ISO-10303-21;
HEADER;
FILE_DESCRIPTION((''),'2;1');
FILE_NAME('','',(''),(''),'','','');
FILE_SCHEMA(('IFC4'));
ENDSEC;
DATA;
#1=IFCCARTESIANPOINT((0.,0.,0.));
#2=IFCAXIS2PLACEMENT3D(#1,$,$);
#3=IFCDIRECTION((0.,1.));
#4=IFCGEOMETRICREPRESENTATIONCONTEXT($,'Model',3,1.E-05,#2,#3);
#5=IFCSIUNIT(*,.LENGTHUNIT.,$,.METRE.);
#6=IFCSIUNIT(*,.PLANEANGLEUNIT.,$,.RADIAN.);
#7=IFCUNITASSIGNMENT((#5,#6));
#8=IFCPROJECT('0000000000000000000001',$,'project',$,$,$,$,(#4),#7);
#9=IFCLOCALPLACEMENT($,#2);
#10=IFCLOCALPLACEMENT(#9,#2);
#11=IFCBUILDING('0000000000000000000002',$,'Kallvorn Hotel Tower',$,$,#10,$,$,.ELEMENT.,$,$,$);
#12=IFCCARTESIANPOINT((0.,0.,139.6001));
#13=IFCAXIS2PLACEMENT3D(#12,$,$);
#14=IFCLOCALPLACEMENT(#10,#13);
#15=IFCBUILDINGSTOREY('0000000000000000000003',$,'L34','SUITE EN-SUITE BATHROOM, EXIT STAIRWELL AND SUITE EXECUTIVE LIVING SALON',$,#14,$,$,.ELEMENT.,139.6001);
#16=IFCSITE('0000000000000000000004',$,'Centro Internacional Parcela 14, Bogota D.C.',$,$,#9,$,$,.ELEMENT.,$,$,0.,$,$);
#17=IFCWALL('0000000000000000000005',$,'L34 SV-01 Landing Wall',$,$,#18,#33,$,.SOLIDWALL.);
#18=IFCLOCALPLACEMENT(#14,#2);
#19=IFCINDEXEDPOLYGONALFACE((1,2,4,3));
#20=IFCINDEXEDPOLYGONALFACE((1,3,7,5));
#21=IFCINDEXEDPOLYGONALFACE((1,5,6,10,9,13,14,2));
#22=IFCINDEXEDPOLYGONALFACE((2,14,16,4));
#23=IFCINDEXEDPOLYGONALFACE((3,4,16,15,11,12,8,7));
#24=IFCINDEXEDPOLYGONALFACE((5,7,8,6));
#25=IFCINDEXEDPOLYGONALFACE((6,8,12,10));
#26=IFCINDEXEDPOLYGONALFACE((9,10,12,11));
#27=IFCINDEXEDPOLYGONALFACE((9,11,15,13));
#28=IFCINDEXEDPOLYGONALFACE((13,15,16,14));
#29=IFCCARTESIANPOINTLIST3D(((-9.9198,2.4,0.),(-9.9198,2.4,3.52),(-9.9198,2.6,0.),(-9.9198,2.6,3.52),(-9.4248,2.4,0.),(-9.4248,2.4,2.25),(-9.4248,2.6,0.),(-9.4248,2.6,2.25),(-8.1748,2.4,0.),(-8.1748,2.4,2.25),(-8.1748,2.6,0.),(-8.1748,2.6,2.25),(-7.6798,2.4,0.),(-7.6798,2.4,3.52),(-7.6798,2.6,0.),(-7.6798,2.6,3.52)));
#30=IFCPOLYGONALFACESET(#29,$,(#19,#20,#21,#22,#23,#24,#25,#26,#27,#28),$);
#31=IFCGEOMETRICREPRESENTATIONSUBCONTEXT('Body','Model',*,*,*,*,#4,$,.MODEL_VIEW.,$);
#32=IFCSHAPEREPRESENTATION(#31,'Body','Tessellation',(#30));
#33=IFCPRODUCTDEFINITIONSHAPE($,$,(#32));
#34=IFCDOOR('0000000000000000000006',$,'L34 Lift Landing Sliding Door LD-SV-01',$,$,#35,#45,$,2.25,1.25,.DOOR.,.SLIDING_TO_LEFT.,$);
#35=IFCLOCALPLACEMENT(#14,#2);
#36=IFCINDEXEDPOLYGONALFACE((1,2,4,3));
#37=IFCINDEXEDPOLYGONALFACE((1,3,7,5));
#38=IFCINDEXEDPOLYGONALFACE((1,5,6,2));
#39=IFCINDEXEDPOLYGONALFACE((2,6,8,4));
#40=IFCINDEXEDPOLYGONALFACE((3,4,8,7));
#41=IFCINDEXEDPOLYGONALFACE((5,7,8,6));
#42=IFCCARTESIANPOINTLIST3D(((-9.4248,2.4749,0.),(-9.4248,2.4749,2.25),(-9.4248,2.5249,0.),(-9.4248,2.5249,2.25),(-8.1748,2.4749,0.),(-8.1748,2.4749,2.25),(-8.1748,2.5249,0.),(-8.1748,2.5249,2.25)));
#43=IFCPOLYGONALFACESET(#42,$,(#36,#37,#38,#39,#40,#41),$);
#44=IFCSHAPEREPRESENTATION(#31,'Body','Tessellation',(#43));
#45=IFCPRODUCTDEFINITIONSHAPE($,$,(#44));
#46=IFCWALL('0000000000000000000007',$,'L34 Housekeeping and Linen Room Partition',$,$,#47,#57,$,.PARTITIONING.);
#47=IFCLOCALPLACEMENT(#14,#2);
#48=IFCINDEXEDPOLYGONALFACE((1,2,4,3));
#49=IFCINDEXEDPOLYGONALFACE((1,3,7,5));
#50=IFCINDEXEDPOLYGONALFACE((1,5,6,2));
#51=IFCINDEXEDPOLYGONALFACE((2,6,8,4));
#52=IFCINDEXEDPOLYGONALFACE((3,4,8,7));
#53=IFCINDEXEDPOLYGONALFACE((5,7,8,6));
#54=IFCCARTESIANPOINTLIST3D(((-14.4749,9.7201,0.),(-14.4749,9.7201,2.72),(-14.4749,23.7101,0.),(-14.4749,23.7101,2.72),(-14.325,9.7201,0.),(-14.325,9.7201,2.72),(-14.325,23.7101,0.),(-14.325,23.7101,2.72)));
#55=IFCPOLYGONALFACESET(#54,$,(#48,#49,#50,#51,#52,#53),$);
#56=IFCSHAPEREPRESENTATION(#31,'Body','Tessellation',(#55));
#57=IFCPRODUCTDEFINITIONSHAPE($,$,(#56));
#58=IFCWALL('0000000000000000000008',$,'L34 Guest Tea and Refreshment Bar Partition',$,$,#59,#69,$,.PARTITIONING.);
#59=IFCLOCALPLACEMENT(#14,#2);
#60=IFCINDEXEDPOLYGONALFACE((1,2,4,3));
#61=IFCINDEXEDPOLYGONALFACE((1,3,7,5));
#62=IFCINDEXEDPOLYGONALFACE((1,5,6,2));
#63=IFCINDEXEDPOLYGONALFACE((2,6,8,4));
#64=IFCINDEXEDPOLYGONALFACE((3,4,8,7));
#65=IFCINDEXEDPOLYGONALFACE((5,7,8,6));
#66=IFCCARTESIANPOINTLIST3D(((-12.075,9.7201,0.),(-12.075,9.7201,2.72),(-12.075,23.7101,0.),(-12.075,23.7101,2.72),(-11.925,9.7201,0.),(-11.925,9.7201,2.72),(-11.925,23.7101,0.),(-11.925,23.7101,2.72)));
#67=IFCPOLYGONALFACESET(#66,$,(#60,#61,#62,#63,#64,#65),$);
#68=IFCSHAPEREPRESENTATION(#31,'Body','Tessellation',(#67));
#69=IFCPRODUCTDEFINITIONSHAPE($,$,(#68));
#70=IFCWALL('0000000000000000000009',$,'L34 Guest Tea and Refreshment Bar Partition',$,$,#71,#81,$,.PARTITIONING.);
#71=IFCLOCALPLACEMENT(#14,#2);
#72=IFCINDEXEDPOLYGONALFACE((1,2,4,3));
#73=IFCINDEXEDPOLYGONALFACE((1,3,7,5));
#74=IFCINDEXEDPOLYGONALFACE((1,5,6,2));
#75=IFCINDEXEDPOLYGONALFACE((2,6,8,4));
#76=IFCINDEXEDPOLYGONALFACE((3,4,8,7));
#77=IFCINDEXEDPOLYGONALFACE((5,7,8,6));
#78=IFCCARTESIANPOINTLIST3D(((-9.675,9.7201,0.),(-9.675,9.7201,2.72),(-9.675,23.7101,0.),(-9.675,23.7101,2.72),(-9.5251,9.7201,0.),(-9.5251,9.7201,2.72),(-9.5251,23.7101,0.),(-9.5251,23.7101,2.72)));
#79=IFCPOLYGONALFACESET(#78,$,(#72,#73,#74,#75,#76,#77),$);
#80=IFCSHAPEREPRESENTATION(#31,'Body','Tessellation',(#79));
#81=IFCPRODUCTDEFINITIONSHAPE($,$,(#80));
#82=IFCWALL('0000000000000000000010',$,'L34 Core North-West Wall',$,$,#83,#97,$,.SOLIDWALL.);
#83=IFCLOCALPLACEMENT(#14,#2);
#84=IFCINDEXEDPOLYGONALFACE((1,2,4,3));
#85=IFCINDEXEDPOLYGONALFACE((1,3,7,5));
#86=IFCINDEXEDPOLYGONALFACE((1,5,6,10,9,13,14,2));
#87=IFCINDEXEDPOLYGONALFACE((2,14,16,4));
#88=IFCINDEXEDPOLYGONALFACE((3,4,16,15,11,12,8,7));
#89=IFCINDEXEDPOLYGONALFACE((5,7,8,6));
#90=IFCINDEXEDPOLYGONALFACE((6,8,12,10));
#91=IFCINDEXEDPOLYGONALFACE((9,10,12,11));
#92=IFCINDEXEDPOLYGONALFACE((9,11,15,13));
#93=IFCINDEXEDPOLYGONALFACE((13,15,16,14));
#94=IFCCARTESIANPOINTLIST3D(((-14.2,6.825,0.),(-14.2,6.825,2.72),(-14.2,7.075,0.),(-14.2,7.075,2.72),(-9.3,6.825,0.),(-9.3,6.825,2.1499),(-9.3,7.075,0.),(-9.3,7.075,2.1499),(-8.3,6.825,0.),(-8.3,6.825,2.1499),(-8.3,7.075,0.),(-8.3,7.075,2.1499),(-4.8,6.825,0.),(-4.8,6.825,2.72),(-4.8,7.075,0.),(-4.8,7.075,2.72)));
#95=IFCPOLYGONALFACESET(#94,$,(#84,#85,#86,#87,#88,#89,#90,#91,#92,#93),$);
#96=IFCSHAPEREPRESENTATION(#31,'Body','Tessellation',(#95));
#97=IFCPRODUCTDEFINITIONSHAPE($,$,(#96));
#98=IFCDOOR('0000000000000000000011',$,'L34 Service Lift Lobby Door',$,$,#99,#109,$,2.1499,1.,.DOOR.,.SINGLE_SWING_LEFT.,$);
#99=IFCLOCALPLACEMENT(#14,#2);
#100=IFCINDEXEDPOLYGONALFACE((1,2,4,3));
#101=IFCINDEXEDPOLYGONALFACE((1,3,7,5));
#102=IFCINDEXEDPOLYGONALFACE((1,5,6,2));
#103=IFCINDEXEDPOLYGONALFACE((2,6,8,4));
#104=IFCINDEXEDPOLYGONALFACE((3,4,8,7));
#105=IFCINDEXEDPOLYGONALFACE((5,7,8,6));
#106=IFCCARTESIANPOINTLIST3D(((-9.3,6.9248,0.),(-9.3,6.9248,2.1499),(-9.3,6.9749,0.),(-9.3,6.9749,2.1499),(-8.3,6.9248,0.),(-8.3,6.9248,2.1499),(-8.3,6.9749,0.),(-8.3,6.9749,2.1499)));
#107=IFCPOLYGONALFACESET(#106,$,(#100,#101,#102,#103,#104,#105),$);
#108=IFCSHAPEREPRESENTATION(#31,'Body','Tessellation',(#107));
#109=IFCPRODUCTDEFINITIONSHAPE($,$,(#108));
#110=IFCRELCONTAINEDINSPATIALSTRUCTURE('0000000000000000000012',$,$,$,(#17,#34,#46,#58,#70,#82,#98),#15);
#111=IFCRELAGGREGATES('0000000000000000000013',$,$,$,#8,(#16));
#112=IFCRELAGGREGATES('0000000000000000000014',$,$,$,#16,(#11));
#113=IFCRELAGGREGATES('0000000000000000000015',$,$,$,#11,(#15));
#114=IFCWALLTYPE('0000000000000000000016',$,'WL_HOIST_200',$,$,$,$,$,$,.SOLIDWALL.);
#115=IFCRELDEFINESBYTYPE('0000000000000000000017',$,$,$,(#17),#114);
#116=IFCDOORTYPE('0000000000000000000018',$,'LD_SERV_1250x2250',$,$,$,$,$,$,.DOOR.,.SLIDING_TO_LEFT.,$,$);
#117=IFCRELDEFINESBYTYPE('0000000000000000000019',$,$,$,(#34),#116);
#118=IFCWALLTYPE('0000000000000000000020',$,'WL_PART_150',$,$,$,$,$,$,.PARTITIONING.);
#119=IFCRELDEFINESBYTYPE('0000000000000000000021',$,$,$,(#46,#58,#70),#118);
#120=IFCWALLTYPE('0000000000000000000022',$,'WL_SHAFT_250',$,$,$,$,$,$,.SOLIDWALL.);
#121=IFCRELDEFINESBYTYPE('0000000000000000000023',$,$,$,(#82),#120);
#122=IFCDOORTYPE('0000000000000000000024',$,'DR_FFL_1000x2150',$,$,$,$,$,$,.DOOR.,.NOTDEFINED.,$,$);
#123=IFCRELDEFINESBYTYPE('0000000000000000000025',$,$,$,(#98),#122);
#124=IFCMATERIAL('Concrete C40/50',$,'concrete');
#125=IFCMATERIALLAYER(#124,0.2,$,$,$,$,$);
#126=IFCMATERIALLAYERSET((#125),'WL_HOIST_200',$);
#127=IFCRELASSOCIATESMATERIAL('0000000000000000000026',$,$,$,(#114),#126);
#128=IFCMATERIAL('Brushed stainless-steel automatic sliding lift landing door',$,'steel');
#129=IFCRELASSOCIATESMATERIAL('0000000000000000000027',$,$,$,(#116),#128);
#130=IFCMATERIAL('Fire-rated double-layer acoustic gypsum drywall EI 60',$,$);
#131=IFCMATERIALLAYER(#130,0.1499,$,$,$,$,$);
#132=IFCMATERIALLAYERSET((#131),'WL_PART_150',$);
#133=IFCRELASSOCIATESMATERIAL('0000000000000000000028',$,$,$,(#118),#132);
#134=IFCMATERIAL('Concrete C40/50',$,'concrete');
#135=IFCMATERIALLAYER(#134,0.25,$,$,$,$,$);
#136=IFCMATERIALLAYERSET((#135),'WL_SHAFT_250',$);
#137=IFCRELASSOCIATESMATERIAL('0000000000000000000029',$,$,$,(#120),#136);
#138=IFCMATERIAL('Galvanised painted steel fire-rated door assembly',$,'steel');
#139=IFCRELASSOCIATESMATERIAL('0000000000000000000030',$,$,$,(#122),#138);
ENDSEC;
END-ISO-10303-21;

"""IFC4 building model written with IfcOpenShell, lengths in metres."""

from ifc_helpers import new_model, si_unit, direction, frame, frame_2d, origin, place, context, subcontext, project, spatial, rectangle, extrude, material, layer, layer_set, type_object, element, fill, save


model = new_model("IFC4")

# Units and contexts
model_context = context("Model", 3, precision=1e-05, world=origin(), true_north=direction((0.0, 1.0)))
body_context = subcontext(model_context, "Body", "Model", "MODEL_VIEW")
ifc_project = project(units=[si_unit("LENGTHUNIT", "METRE"), si_unit("PLANEANGLEUNIT", "RADIAN")], contexts=[model_context])

# Site, building, storey
site_placement = place(None, origin())
site = spatial("IfcSite", under=ifc_project, at=site_placement, Name="Centro Internacional Parcela 14, Bogota D.C.", CompositionType="ELEMENT", RefElevation=0.0)
building_placement = place(site_placement, origin())
building = spatial("IfcBuilding", under=site, at=building_placement, Name="Kallvorn Hotel Tower", CompositionType="ELEMENT")
storey_placement = place(building_placement, frame((0.0, 0.0, 139.6001)))
storey = spatial("IfcBuildingStorey", under=building, at=storey_placement, Name="L34", Description="SUITE EN-SUITE BATHROOM, EXIT STAIRWELL AND SUITE EXECUTIVE LIVING SALON", CompositionType="ELEMENT", Elevation=139.6001)

# Shared definitions
ifc_material_1 = material(Name="Concrete C40/50", Category="concrete")
ifc_layer_1 = layer(ifc_material_1, 0.2)
ifc_layer_set_1 = layer_set([ifc_layer_1], Name="WL_HOIST_200")
wall_type_1 = type_object("IfcWallType", Name="WL_HOIST_200", PredefinedType="SOLIDWALL", material=ifc_layer_set_1)

# Wall, opening, door
wall_1_placement = place(storey_placement, frame((-9.9199, 2.5, 0.0), z_axis=(0.0, 0.0, 1.0), x_axis=(1.0, 0.0, 0.0)))
wall_1 = element("IfcWall", 1, at=wall_1_placement, inside=storey, type_object=wall_type_1, Name="L34 SV-01 Landing Wall", PredefinedType="SOLIDWALL", context=body_context, shape_type="SweptSolid", body=[
    extrude(rectangle(XDim=2.24, YDim=0.2, at=frame_2d((1.1201, 0.0))), origin(), (0.0, 0.0, 1.0), 3.52),
])
opening_1_placement = place(wall_1_placement, frame((0.4951, 0.0, 0.0)))
opening_1 = element("IfcOpeningElement", 2, at=opening_1_placement, cuts=wall_1, PredefinedType="OPENING", context=body_context, shape_type="SweptSolid", body=[
    extrude(rectangle(XDim=1.25, YDim=2.25, at=frame_2d((0.625, 1.125))), frame((0.0, 0.115, 0.0), z_axis=(0.0, -1.0, 0.0), x_axis=(1.0, 0.0, 0.0)), (0.0, 0.0, 1.0), 0.23),
])
ifc_material_2 = material(Name="Brushed stainless-steel automatic sliding lift landing door", Category="steel")
door_type_1 = type_object("IfcDoorType", Name="LD_SERV_1250x2250", OperationType="SLIDING_TO_LEFT", PredefinedType="DOOR", material=ifc_material_2)
door_1_placement = place(opening_1_placement, origin())
door_1 = element("IfcDoor", 3, at=door_1_placement, inside=storey, type_object=door_type_1, Name="L34 Lift Landing Sliding Door LD-SV-01", OperationType="SLIDING_TO_LEFT", OverallHeight=2.25, OverallWidth=1.25, PredefinedType="DOOR", context=body_context, shape_type="SweptSolid", body=[
    extrude(rectangle(XDim=1.25, YDim=2.25, at=frame_2d((0.625, 1.125))), frame((0.0, 0.0249, 0.0), z_axis=(0.0, -1.0, 0.0), x_axis=(1.0, 0.0, 0.0)), (0.0, 0.0, 1.0), 0.05),
])
fill(opening_1, door_1)

# Walls
ifc_material_3 = material(Name="Fire-rated double-layer acoustic gypsum drywall EI 60")
ifc_layer_2 = layer(ifc_material_3, 0.1499)
ifc_layer_set_2 = layer_set([ifc_layer_2], Name="WL_PART_150")
wall_type_2 = type_object("IfcWallType", Name="WL_PART_150", PredefinedType="PARTITIONING", material=ifc_layer_set_2)
for number, where, z_axis, x_axis, name in (
    (4, (-14.3999, 9.72, 0.0), (0.0, 0.0, 1.0), (0.0, 1.0, 0.0), "L34 Housekeeping and Linen Room Partition"),
    (5, (-12.0, 9.72, 0.0), (0.0, 0.0, 1.0), (0.0, 1.0, 0.0), "L34 Guest Tea and Refreshment Bar Partition"),
    (6, (-9.6001, 9.72, 0.0), (0.0, 0.0, 1.0), (0.0, 1.0, 0.0), "L34 Guest Tea and Refreshment Bar Partition"),
):
    element("IfcWall", number, at=place(storey_placement, frame(where, z_axis=z_axis, x_axis=x_axis)), inside=storey, type_object=wall_type_2, Name=name, PredefinedType="PARTITIONING", context=body_context, shape_type="SweptSolid", body=[
        extrude(rectangle(XDim=13.99, YDim=0.1499, at=frame_2d((6.9951, 0.0))), origin(), (0.0, 0.0, 1.0), 2.72),
    ])

# Wall, opening, door
ifc_material_4 = material(Name="Concrete C40/50", Category="concrete")
ifc_layer_3 = layer(ifc_material_4, 0.25)
ifc_layer_set_3 = layer_set([ifc_layer_3], Name="WL_SHAFT_250")
wall_type_3 = type_object("IfcWallType", Name="WL_SHAFT_250", PredefinedType="SOLIDWALL", material=ifc_layer_set_3)
wall_2_placement = place(storey_placement, frame((-14.2, 6.95, 0.0), z_axis=(0.0, 0.0, 1.0), x_axis=(1.0, 0.0, 0.0)))
wall_2 = element("IfcWall", 7, at=wall_2_placement, inside=storey, type_object=wall_type_3, Name="L34 Core North-West Wall", PredefinedType="SOLIDWALL", context=body_context, shape_type="SweptSolid", body=[
    extrude(rectangle(XDim=9.3999, YDim=0.25, at=frame_2d((4.7, 0.0))), origin(), (0.0, 0.0, 1.0), 2.72),
])
opening_2_placement = place(wall_2_placement, frame((4.8999, 0.0, 0.0)))
opening_2 = element("IfcOpeningElement", 8, at=opening_2_placement, cuts=wall_2, PredefinedType="OPENING", context=body_context, shape_type="SweptSolid", body=[
    extrude(rectangle(XDim=1.0, YDim=2.1499, at=frame_2d((0.5, 1.075))), frame((0.0, 0.1399, 0.0), z_axis=(0.0, -1.0, 0.0), x_axis=(1.0, 0.0, 0.0)), (0.0, 0.0, 1.0), 0.28),
])
ifc_material_5 = material(Name="Galvanised painted steel fire-rated door assembly", Category="steel")
door_type_2 = type_object("IfcDoorType", Name="DR_FFL_1000x2150", OperationType="NOTDEFINED", PredefinedType="DOOR", material=ifc_material_5)
door_2_placement = place(opening_2_placement, origin())
door_2 = element("IfcDoor", 9, at=door_2_placement, inside=storey, type_object=door_type_2, Name="L34 Service Lift Lobby Door", OperationType="SINGLE_SWING_LEFT", OverallHeight=2.1499, OverallWidth=1.0, PredefinedType="DOOR", context=body_context, shape_type="SweptSolid", body=[
    extrude(rectangle(XDim=1.0, YDim=2.1499, at=frame_2d((0.5, 1.075))), frame((0.0, 0.0249, 0.0), z_axis=(0.0, -1.0, 0.0), x_axis=(1.0, 0.0, 0.0)), (0.0, 0.0, 1.0), 0.05),
])
fill(opening_2, door_2)

save(model, "model.ifc")
